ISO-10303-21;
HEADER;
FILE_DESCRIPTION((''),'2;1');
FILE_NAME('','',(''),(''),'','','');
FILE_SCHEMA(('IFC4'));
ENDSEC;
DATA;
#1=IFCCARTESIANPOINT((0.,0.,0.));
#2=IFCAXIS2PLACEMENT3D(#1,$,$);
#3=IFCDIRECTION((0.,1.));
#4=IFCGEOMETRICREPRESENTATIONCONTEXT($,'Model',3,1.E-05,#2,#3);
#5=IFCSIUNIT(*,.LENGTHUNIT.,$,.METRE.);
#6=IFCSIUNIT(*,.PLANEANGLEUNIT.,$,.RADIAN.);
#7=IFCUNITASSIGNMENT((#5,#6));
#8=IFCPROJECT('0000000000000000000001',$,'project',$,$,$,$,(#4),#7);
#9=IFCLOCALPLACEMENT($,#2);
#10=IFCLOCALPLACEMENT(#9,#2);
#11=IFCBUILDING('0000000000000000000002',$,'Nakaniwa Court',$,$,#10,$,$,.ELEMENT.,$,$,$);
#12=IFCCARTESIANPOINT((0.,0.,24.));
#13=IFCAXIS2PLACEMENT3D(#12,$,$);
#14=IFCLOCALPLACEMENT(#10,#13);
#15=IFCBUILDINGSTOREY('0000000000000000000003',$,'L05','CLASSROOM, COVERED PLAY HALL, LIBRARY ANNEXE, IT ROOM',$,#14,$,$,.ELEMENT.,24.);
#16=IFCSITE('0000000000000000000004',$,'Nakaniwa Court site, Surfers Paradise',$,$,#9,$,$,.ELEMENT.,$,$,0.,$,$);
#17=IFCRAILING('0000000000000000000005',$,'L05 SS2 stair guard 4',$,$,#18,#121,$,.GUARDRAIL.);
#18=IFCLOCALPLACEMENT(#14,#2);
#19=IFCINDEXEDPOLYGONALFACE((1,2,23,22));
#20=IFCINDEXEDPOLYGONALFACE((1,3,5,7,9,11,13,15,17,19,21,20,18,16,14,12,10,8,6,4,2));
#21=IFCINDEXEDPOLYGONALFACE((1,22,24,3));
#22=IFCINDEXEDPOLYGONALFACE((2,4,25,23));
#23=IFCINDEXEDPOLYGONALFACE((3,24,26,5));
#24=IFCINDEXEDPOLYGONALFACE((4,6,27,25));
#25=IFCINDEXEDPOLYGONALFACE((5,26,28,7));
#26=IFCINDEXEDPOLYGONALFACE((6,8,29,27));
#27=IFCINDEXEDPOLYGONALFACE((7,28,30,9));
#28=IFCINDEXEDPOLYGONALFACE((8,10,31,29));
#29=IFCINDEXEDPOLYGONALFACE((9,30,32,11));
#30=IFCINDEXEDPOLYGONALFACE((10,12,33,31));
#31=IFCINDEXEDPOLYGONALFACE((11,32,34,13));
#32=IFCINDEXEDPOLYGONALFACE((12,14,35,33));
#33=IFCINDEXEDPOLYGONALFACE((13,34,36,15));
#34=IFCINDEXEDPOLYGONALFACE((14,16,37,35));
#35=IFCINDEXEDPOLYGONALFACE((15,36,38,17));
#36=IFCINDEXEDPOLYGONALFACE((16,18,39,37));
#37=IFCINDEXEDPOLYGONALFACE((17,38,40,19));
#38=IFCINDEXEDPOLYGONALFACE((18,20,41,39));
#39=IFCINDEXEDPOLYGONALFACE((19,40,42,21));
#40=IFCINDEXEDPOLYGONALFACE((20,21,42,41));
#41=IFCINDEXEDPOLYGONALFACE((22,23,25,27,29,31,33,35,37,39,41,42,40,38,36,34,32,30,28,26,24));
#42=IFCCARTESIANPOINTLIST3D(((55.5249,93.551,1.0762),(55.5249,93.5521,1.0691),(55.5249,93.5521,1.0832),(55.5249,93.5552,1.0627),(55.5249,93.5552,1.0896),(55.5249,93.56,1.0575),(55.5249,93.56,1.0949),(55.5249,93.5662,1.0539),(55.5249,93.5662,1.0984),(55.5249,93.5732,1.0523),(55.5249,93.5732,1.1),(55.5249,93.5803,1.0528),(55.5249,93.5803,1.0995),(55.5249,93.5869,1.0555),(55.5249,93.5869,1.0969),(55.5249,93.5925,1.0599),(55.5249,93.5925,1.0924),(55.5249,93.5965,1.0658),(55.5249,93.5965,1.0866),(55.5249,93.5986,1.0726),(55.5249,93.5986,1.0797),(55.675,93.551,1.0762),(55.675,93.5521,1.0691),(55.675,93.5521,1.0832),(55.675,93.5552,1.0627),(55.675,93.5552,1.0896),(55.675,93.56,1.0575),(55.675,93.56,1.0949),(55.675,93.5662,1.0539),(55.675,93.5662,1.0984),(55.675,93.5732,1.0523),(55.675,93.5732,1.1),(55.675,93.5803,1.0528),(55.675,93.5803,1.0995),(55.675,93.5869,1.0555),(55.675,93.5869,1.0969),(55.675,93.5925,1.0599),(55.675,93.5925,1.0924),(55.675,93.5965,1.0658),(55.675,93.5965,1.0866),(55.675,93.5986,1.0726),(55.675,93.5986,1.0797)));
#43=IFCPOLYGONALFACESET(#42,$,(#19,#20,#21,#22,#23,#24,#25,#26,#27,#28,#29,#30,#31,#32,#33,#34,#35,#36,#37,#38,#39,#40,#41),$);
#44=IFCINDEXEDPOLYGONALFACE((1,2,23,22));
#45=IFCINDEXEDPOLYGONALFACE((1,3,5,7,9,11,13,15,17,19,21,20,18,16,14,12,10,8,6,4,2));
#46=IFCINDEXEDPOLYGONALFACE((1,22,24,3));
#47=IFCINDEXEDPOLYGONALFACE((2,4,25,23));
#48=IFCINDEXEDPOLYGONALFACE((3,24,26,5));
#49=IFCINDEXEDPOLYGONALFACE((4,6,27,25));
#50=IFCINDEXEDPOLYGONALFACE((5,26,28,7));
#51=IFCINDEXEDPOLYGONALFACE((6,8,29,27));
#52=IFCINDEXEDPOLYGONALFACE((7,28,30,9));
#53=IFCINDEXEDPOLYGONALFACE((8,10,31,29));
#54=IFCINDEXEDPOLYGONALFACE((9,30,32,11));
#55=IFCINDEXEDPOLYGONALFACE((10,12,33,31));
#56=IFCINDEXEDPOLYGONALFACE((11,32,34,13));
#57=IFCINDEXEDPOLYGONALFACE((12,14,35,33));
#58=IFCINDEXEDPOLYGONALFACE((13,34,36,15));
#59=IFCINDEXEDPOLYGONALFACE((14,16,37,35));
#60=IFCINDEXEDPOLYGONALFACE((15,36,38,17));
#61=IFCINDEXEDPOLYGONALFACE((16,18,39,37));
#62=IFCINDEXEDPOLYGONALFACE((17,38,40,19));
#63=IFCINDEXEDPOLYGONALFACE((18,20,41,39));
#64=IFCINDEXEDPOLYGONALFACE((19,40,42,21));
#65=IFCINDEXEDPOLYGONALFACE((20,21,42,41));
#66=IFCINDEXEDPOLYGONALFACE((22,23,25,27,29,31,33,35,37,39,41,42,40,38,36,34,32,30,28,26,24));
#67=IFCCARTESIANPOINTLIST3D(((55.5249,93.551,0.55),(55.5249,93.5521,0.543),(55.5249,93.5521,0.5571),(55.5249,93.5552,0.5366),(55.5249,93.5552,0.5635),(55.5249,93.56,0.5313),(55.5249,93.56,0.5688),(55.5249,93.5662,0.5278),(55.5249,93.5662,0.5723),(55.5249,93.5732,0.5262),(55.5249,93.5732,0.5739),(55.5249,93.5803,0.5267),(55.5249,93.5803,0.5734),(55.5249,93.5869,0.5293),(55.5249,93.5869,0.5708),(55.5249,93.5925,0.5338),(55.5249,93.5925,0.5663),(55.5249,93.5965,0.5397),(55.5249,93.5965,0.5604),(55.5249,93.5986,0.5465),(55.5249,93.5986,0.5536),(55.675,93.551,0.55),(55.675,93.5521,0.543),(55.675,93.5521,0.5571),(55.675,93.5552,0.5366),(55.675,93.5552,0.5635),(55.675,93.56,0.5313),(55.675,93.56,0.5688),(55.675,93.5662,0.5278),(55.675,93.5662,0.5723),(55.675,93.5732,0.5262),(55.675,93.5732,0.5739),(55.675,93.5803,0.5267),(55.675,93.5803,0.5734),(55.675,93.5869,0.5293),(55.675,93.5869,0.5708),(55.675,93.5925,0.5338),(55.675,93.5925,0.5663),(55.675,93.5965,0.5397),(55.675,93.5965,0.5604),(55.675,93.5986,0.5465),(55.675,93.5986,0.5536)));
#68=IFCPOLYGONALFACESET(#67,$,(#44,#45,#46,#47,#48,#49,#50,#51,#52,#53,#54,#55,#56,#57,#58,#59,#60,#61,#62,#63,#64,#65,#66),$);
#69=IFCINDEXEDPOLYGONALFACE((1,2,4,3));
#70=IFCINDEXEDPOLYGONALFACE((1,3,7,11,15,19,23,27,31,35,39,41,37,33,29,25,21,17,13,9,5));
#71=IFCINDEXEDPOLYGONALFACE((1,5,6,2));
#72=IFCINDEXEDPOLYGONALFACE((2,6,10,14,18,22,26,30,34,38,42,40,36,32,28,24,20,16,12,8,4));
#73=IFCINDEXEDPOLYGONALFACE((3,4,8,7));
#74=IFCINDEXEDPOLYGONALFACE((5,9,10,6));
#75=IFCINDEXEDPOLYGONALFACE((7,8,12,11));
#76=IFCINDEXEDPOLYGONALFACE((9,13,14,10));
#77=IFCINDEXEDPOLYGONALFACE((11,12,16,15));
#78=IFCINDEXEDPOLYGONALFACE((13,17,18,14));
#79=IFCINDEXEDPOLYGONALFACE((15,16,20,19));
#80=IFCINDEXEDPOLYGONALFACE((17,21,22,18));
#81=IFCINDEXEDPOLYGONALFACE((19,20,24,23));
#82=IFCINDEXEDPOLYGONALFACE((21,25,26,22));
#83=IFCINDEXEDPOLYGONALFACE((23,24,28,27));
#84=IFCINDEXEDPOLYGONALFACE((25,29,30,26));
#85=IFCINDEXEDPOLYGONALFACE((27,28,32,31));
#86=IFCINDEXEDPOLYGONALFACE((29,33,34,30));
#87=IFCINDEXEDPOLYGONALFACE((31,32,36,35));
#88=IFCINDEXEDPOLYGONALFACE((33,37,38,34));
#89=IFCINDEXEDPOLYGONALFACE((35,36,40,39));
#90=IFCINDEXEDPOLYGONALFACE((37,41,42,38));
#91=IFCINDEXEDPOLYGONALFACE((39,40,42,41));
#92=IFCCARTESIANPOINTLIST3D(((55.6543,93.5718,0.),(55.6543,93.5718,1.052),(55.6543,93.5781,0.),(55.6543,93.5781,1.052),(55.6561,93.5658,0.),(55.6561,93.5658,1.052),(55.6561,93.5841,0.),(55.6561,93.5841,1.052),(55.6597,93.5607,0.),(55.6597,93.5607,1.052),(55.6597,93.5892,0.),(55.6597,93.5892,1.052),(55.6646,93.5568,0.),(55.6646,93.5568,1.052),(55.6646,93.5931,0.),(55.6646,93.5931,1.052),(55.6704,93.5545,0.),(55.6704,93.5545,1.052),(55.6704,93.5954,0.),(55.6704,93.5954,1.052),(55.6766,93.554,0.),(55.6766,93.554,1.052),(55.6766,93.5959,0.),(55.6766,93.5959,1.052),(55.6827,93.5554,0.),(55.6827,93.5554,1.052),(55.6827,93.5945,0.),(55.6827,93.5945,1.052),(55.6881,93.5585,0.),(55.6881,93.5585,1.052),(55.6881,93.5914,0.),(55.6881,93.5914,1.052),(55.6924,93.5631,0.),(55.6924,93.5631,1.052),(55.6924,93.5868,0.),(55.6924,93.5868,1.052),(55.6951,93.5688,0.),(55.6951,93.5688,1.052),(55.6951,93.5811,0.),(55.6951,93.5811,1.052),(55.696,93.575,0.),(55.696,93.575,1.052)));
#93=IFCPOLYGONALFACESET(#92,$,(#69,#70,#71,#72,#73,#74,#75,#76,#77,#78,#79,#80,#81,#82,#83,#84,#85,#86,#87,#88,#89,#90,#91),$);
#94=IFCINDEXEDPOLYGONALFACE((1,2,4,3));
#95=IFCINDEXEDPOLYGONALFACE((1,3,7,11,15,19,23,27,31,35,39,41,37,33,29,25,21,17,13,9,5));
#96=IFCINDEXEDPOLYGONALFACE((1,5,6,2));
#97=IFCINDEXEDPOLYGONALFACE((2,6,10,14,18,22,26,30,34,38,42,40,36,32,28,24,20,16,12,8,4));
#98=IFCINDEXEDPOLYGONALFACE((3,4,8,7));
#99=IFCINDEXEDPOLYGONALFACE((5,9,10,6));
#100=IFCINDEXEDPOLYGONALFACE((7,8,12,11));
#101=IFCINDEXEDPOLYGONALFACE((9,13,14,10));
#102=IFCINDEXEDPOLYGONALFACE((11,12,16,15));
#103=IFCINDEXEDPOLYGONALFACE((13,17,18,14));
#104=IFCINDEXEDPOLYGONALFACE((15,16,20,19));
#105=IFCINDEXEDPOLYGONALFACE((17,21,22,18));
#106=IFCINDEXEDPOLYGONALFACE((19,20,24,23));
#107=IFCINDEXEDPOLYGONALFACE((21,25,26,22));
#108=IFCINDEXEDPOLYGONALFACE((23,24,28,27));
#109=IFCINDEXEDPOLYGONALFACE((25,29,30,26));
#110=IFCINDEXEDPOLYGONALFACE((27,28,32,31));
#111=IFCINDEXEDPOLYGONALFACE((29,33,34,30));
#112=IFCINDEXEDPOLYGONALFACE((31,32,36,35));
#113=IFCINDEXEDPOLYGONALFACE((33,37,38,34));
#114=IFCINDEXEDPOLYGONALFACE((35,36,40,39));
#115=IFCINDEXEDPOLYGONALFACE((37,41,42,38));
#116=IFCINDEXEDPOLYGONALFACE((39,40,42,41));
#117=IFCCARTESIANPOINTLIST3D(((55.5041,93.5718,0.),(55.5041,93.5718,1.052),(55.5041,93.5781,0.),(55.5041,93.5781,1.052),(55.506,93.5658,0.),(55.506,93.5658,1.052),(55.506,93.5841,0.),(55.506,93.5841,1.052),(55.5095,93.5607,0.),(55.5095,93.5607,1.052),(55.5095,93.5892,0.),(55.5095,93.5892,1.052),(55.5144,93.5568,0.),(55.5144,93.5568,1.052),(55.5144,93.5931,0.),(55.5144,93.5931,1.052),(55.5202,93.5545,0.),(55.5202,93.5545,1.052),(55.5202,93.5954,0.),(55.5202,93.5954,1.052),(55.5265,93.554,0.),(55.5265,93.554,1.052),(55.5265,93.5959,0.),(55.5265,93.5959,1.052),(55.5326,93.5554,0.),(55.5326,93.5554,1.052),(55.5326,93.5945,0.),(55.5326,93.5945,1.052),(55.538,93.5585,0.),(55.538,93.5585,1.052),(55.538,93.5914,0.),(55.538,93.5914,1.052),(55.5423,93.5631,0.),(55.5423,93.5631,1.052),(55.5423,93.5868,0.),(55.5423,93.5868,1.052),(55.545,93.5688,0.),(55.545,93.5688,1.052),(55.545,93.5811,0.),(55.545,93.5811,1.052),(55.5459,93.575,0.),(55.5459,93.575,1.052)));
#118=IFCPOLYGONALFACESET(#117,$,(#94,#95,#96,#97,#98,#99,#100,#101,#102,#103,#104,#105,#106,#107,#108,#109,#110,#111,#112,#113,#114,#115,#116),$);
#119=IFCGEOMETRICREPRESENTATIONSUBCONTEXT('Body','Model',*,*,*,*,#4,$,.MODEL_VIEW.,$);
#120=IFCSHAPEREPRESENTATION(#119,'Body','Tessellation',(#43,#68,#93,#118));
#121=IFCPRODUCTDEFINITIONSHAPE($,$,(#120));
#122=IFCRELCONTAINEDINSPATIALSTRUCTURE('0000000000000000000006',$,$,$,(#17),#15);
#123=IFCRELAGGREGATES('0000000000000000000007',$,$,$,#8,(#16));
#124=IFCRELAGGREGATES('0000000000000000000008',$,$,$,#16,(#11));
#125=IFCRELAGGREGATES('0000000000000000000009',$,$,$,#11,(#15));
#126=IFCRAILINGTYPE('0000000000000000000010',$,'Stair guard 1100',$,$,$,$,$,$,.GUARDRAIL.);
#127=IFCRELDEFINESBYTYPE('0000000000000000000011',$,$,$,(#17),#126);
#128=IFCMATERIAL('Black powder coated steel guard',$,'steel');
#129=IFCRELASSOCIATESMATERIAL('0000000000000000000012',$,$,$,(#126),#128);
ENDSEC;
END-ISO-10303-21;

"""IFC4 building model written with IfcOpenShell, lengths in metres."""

from ifc_helpers import new_model, si_unit, direction, frame, origin, origin_2d, place, context, subcontext, project, spatial, circle, extrude, material, type_object, element, save


model = new_model("IFC4")

# Units and contexts
model_context = context("Model", 3, precision=1e-05, world=origin(), true_north=direction((0.0, 1.0)))
body_context = subcontext(model_context, "Body", "Model", "MODEL_VIEW")
ifc_project = project(units=[si_unit("LENGTHUNIT", "METRE"), si_unit("PLANEANGLEUNIT", "RADIAN")], contexts=[model_context])

# Site, building, storey
site_placement = place(None, origin())
site = spatial("IfcSite", under=ifc_project, at=site_placement, Name="Nakaniwa Court site, Surfers Paradise", CompositionType="ELEMENT", RefElevation=0.0)
building_placement = place(site_placement, origin())
building = spatial("IfcBuilding", under=site, at=building_placement, Name="Nakaniwa Court", CompositionType="ELEMENT")
storey_placement = place(building_placement, frame((0.0, 0.0, 24.0)))
storey = spatial("IfcBuildingStorey", under=building, at=storey_placement, Name="L05", Description="CLASSROOM, COVERED PLAY HALL, LIBRARY ANNEXE, IT ROOM", CompositionType="ELEMENT", Elevation=24.0)

# Railing
ifc_material_1 = material(Name="Black powder coated steel guard", Category="steel")
railing_type = type_object("IfcRailingType", Name="Stair guard 1100", PredefinedType="GUARDRAIL", material=ifc_material_1)
railing_1_placement = place(storey_placement, frame((55.675, 93.575, 0.0)))
element("IfcRailing", 1, at=railing_1_placement, inside=storey, type_object=railing_type, Name="L05 SS2 stair guard 4", PredefinedType="GUARDRAIL", context=body_context, shape_type="SweptSolid", body=[
    extrude(circle(Radius=0.0239, at=origin_2d()), frame((0.0, 0.0, 1.0762), z_axis=(-1.0, 0.0, 0.0), x_axis=(0.0, -1.0, 0.0)), (0.0, 0.0, 1.0), 0.1501),
    extrude(circle(Radius=0.0239, at=origin_2d()), frame((0.0, 0.0, 0.55), z_axis=(-1.0, 0.0, 0.0), x_axis=(0.0, -1.0, 0.0)), (0.0, 0.0, 1.0), 0.1501),
    extrude(circle(Radius=0.021, at=origin_2d()), origin(), (0.0, 0.0, 1.0), 1.052),
    extrude(circle(Radius=0.021, at=origin_2d()), frame((-0.1501, 0.0, 0.0)), (0.0, 0.0, 1.0), 1.052),
])

save(model, "model.ifc")
